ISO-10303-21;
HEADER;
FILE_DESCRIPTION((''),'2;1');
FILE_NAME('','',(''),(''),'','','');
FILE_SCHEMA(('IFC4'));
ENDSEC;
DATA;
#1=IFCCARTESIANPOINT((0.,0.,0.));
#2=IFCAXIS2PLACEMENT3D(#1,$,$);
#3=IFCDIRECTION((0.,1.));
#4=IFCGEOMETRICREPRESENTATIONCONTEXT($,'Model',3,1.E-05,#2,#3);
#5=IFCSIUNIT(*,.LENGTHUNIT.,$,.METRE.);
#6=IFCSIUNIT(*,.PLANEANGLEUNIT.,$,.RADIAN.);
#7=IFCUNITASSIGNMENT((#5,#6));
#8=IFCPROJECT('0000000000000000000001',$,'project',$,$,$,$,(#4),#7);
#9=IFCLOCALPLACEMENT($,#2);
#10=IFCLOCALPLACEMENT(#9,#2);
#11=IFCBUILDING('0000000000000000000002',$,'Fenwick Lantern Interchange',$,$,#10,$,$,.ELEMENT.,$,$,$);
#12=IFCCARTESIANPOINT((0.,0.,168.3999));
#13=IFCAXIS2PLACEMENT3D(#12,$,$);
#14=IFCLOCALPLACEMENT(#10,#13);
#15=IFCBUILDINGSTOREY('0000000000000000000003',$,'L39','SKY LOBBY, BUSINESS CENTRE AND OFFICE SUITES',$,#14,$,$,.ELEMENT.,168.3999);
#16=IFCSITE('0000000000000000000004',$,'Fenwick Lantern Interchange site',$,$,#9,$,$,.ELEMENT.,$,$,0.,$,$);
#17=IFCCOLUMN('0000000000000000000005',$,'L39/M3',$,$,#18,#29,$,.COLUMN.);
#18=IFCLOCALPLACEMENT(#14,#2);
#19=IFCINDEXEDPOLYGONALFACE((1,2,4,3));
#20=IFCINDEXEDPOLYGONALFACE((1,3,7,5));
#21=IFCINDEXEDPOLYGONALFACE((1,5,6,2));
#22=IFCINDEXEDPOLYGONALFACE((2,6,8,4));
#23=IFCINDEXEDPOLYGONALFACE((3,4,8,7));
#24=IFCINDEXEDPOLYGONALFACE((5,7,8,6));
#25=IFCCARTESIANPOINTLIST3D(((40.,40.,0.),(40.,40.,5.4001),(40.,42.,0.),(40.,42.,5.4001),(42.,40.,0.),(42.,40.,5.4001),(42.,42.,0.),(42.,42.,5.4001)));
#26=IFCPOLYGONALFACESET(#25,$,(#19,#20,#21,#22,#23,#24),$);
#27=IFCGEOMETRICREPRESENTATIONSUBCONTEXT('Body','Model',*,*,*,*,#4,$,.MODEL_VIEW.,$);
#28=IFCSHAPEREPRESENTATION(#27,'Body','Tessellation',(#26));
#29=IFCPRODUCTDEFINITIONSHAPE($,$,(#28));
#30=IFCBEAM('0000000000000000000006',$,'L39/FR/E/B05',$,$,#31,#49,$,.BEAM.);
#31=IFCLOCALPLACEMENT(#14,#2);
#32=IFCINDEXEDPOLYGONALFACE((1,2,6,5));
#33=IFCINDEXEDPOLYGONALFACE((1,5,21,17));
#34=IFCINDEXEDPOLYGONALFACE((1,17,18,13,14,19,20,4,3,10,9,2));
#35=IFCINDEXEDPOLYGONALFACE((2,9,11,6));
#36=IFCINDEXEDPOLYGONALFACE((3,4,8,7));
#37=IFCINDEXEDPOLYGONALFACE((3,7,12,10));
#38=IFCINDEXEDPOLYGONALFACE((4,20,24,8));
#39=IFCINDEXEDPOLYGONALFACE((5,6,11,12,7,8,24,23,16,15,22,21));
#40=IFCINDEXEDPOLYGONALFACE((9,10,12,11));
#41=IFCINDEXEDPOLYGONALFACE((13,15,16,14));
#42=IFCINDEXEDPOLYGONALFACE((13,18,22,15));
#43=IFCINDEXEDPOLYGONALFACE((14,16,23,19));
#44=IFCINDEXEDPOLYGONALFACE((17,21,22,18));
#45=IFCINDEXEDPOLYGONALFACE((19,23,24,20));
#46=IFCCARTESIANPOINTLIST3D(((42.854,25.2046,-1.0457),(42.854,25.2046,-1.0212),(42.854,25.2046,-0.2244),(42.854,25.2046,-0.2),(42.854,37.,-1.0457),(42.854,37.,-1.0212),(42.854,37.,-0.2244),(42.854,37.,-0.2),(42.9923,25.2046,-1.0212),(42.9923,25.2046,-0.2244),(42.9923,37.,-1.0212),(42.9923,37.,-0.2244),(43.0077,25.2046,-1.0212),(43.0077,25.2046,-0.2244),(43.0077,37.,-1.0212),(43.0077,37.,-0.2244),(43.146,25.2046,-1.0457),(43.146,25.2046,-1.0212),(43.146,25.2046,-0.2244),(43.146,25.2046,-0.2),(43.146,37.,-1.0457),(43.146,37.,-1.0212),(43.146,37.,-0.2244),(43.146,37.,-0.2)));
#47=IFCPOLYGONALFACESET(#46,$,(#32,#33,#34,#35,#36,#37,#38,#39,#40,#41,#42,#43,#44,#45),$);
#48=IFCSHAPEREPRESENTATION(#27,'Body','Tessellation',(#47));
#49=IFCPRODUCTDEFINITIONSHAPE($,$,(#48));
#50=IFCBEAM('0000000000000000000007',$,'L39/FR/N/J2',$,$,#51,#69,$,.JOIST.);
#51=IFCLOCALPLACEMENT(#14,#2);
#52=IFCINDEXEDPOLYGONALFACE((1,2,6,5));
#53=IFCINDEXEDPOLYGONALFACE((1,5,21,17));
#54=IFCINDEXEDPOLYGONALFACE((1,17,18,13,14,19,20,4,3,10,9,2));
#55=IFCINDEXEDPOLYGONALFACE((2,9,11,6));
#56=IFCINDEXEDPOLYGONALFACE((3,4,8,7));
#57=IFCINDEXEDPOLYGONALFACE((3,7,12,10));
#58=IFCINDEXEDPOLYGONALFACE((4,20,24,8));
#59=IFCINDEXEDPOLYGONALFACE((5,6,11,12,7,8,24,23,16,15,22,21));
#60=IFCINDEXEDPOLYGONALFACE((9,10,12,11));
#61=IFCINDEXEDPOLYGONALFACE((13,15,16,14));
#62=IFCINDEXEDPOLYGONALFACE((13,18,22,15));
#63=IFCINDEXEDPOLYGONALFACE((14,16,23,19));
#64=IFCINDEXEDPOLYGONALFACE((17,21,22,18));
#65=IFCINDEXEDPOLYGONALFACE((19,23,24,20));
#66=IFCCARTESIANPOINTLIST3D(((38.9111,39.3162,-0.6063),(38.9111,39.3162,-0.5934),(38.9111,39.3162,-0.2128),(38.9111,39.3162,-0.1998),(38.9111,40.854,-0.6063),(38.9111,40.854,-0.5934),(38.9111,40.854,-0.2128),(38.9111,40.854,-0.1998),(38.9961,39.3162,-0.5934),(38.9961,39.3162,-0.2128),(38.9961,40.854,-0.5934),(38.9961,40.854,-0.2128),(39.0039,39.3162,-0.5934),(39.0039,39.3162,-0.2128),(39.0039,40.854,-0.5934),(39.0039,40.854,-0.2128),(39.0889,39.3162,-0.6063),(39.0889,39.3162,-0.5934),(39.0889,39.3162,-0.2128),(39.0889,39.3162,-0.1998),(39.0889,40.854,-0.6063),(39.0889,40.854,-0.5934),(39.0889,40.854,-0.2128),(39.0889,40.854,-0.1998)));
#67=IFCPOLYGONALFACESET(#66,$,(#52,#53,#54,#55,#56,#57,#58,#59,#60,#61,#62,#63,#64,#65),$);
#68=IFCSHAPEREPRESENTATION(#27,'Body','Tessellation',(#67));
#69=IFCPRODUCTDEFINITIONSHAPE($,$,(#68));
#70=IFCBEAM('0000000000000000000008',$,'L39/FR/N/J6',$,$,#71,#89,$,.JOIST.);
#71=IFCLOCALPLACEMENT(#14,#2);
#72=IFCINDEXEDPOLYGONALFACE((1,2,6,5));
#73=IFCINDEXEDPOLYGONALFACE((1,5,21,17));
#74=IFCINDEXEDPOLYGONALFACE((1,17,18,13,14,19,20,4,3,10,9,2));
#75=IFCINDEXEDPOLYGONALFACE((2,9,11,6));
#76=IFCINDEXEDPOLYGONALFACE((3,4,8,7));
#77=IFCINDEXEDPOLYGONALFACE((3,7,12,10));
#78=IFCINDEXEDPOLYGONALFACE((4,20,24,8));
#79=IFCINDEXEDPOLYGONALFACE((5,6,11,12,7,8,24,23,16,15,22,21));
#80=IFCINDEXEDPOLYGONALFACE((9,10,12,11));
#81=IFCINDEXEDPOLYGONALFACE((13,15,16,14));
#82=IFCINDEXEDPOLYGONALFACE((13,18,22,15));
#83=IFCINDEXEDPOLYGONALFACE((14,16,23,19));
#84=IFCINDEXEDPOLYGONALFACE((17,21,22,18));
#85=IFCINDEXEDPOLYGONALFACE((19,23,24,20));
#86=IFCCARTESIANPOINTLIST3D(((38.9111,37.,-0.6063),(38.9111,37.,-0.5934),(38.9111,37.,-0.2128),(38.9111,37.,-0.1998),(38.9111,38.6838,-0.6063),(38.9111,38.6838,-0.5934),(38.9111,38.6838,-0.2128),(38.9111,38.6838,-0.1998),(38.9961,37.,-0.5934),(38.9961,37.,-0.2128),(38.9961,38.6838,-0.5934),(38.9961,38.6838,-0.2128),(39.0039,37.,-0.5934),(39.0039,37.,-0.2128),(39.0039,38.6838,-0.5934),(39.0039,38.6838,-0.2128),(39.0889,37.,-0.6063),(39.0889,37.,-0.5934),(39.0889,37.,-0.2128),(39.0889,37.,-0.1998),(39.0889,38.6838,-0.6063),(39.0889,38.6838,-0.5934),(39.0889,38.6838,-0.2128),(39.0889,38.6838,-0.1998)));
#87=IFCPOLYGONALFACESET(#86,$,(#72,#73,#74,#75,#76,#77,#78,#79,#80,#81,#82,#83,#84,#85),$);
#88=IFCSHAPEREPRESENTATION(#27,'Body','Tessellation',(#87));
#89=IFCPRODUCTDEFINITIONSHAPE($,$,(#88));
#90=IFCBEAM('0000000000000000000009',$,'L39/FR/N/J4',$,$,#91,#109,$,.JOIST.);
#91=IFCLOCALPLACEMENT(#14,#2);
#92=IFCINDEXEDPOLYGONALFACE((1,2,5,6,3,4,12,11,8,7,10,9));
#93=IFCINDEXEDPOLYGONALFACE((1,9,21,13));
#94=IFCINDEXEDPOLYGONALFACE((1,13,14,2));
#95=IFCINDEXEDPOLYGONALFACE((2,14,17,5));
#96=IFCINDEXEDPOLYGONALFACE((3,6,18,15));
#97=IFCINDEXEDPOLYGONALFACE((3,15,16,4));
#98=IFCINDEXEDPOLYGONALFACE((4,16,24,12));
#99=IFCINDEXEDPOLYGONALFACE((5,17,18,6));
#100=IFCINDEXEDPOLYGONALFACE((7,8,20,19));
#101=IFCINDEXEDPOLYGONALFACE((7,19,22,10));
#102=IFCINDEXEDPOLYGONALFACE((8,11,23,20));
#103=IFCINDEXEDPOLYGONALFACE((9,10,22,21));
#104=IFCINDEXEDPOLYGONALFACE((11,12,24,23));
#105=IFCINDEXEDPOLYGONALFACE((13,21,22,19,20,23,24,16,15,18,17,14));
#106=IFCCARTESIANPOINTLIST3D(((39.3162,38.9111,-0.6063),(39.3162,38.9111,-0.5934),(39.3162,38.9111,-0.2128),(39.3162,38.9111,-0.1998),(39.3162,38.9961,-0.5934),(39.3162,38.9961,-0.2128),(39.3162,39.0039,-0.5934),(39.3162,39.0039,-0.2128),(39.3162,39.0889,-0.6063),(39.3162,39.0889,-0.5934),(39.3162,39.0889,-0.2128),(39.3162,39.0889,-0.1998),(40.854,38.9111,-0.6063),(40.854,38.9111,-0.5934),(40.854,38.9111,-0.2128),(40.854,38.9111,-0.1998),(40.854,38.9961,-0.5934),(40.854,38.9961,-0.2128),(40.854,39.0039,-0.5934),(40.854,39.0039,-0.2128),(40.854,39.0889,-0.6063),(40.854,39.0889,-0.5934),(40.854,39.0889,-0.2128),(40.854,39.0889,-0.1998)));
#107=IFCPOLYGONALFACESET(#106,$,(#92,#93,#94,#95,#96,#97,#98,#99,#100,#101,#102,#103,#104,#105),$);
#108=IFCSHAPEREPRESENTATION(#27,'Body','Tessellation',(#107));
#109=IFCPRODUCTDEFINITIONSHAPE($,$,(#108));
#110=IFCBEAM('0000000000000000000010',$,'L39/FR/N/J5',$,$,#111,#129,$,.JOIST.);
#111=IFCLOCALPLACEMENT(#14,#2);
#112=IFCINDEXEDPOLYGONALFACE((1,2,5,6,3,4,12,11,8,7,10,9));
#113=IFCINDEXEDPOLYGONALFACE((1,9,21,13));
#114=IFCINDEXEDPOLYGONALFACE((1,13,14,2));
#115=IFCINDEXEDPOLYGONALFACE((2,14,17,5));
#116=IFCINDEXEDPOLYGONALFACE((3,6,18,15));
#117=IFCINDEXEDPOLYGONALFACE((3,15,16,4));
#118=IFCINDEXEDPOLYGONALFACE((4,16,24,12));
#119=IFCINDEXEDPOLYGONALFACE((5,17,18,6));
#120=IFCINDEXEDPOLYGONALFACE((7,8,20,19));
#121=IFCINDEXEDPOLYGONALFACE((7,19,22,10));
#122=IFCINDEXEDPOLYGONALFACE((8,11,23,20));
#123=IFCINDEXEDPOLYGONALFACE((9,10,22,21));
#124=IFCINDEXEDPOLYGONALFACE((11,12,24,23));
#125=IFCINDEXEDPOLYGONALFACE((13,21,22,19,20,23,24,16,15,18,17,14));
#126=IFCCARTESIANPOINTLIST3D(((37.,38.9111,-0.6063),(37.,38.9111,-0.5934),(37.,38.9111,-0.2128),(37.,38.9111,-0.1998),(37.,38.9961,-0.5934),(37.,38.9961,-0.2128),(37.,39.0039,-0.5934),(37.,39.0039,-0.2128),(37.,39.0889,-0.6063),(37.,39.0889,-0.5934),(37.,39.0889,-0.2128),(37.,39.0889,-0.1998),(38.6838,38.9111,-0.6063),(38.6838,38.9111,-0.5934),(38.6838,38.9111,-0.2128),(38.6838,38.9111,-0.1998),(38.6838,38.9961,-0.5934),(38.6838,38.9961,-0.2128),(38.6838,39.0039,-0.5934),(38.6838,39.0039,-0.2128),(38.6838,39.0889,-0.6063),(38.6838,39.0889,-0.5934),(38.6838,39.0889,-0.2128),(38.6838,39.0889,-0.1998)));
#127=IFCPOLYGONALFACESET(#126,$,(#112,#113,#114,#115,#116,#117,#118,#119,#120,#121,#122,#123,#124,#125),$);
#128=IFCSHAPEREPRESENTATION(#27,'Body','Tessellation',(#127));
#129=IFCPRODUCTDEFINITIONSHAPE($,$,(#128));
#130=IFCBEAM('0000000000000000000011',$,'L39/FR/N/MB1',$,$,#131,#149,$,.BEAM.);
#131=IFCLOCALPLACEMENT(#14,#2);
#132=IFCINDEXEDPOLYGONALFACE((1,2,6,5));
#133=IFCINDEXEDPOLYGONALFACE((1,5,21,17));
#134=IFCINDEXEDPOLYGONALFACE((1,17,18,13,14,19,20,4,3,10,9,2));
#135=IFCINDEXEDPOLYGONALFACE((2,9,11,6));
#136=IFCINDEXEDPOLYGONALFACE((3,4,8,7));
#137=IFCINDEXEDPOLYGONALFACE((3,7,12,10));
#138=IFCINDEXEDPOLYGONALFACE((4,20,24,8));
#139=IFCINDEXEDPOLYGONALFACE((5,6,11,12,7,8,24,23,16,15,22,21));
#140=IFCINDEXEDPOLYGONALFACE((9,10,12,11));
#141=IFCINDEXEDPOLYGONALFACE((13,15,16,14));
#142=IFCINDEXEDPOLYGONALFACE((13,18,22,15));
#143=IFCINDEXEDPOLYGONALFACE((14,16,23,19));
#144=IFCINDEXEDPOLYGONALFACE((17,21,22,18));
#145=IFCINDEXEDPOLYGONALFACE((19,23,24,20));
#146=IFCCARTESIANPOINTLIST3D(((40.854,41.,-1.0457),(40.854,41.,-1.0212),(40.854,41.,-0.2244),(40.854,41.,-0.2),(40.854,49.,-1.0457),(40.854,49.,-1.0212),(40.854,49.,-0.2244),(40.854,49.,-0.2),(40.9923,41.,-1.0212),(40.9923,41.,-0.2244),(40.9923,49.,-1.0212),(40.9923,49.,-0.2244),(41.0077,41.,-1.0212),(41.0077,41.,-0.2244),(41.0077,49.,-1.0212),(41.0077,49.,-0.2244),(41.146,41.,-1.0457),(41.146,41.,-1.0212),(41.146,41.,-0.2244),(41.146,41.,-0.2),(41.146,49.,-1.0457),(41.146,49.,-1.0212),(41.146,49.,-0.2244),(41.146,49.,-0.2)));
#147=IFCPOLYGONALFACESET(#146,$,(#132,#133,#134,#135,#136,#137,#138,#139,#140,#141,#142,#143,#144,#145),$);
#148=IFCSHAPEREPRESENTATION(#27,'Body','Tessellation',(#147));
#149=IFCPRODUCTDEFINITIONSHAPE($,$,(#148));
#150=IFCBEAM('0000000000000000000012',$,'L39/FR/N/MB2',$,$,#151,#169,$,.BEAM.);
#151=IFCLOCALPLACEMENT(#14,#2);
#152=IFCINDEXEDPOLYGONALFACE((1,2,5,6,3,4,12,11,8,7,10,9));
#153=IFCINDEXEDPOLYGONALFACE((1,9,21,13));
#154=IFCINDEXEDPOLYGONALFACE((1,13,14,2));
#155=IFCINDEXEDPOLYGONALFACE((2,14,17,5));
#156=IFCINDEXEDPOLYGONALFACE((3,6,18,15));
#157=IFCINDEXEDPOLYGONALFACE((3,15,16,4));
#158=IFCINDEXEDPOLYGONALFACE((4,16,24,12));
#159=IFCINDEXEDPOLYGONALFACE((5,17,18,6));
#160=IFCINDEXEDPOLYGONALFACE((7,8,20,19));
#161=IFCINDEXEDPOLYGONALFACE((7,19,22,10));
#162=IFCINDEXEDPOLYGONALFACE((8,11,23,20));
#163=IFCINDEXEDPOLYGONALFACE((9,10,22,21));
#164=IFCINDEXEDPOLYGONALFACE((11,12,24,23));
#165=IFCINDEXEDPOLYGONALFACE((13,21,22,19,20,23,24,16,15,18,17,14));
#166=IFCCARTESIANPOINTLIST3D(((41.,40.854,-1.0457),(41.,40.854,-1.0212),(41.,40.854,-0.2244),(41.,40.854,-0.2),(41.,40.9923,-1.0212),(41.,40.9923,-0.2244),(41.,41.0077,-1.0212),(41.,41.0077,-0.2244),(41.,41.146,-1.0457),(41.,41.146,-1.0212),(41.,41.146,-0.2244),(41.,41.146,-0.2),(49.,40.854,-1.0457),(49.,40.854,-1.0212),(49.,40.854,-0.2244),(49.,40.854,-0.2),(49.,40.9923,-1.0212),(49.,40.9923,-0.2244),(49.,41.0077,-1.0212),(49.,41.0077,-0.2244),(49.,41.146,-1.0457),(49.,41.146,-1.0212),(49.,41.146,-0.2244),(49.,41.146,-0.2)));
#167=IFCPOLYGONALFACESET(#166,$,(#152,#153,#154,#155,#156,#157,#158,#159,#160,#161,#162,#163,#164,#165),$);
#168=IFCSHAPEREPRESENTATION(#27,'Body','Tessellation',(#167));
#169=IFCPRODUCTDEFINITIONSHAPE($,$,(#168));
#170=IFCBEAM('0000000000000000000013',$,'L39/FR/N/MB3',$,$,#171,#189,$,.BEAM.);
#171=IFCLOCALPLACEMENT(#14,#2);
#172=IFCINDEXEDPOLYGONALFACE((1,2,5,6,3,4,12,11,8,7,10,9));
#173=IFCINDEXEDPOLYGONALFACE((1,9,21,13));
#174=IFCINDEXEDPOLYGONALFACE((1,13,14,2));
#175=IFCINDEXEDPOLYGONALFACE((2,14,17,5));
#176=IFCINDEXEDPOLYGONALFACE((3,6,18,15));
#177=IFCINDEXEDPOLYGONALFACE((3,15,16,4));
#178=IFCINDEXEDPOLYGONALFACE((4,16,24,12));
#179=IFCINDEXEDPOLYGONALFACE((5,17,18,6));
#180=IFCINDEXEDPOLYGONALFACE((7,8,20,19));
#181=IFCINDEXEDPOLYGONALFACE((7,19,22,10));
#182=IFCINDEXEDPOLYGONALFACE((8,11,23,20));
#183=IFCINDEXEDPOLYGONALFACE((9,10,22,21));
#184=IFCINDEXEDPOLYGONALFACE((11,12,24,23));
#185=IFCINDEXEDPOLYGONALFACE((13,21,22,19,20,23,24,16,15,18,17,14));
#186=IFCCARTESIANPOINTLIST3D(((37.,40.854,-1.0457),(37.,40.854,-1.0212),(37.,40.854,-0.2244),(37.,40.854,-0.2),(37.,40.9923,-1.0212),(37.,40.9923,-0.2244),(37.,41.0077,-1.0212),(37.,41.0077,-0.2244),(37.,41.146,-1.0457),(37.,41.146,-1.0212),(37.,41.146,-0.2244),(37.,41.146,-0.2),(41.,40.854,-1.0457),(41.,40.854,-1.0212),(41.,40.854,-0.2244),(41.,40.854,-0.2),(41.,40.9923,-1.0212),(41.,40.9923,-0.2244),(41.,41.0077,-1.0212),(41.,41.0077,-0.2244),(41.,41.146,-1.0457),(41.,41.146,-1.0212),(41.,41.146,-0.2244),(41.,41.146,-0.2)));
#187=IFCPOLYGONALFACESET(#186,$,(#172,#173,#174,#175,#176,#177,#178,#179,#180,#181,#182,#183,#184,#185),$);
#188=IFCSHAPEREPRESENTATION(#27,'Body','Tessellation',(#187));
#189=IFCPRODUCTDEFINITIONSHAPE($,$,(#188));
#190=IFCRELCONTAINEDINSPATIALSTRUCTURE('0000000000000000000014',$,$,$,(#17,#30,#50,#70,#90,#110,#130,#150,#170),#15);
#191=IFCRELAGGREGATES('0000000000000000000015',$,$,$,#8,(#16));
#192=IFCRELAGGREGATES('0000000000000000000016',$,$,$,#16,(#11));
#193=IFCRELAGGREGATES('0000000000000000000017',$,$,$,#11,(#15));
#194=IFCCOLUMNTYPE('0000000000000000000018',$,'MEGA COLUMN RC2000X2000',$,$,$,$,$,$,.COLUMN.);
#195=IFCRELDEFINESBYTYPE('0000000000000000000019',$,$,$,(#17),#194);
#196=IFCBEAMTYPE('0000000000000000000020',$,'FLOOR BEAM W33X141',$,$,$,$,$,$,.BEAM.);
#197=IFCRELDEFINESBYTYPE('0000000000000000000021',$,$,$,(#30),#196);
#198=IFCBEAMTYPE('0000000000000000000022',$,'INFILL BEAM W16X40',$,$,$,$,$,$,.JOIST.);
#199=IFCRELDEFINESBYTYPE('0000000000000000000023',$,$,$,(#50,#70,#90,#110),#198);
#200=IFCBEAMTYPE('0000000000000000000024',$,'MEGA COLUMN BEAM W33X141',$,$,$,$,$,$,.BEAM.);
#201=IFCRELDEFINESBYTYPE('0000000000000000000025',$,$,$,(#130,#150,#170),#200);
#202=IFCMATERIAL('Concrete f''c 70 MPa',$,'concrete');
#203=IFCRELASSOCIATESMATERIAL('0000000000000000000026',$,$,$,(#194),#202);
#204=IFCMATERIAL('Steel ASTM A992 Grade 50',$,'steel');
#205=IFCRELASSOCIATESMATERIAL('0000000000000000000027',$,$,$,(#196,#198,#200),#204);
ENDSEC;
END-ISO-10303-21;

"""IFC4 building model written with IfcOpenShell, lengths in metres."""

from ifc_helpers import new_model, si_unit, direction, frame, origin, origin_2d, place, context, subcontext, project, spatial, rectangle, i_section, extrude, material, material_profile, profile_set, type_object, element, save


model = new_model("IFC4")

# Units and contexts
model_context = context("Model", 3, precision=1e-05, world=origin(), true_north=direction((0.0, 1.0)))
body_context = subcontext(model_context, "Body", "Model", "MODEL_VIEW")
ifc_project = project(units=[si_unit("LENGTHUNIT", "METRE"), si_unit("PLANEANGLEUNIT", "RADIAN")], contexts=[model_context])

# Site, building, storey
site_placement = place(None, origin())
site = spatial("IfcSite", under=ifc_project, at=site_placement, Name="Fenwick Lantern Interchange site", CompositionType="ELEMENT", RefElevation=0.0)
building_placement = place(site_placement, origin())
building = spatial("IfcBuilding", under=site, at=building_placement, Name="Fenwick Lantern Interchange", CompositionType="ELEMENT")
storey_placement = place(building_placement, frame((0.0, 0.0, 168.3999)))
storey = spatial("IfcBuildingStorey", under=building, at=storey_placement, Name="L39", Description="SKY LOBBY, BUSINESS CENTRE AND OFFICE SUITES", CompositionType="ELEMENT", Elevation=168.3999)

# Column
ifc_material_1 = material(Name="Concrete f'c 70 MPa", Category="concrete")
ifc_material_profile_1 = material_profile(ifc_material_1, rectangle(XDim=2.0, YDim=2.0, at=origin_2d()), Name="RC2000X2000")
ifc_profile_set_1 = profile_set([ifc_material_profile_1], Name="Concrete f'c 70 MPa")
column_type = type_object("IfcColumnType", Name="MEGA COLUMN RC2000X2000", PredefinedType="COLUMN", material=ifc_profile_set_1)
column_placement = place(storey_placement, frame((41.0, 41.0, 0.0), z_axis=(0.0, 0.0, 1.0), x_axis=(1.0, 0.0, 0.0)))
element("IfcColumn", 1, at=column_placement, inside=storey, type_object=column_type, Name="L39/M3", PredefinedType="COLUMN", context=body_context, shape_type="SweptSolid", body=[
    extrude(rectangle(XDim=2.0, YDim=2.0, at=origin_2d()), origin(), (0.0, 0.0, 1.0), 5.4001),
])

# Beams
ifc_material_2 = material(Name="Steel ASTM A992 Grade 50", Category="steel")
ifc_material_profile_2 = material_profile(ifc_material_2, i_section(OverallWidth=0.292, OverallDepth=0.8457, WebThickness=0.0154, FlangeThickness=0.0244, at=origin_2d()), Name="W33X141")
ifc_profile_set_2 = profile_set([ifc_material_profile_2], Name="Steel ASTM A992 Grade 50")
beam_type_1 = type_object("IfcBeamType", Name="FLOOR BEAM W33X141", PredefinedType="BEAM", material=ifc_profile_set_2)
beam_1_placement = place(storey_placement, frame((43.0, 25.2046, -0.6228), z_axis=(0.0, 1.0, 0.0), x_axis=(-1.0, 0.0, 0.0)))
element("IfcBeam", 2, at=beam_1_placement, inside=storey, type_object=beam_type_1, Name="L39/FR/E/B05", PredefinedType="BEAM", context=body_context, shape_type="SweptSolid", body=[
    extrude(i_section(OverallWidth=0.292, OverallDepth=0.8457, WebThickness=0.0154, FlangeThickness=0.0244, at=origin_2d()), origin(), (0.0, 0.0, 1.0), 11.7954),
])
ifc_material_profile_3 = material_profile(ifc_material_2, i_section(OverallWidth=0.1777, OverallDepth=0.4065, WebThickness=0.0078, FlangeThickness=0.0129, at=origin_2d()), Name="W16X40")
ifc_profile_set_3 = profile_set([ifc_material_profile_3], Name="Steel ASTM A992 Grade 50")
beam_type_2 = type_object("IfcBeamType", Name="INFILL BEAM W16X40", PredefinedType="JOIST", material=ifc_profile_set_3)
beam_2_placement = place(storey_placement, frame((39.0, 40.854, -0.4031), z_axis=(0.0, -1.0, 0.0), x_axis=(1.0, 0.0, 0.0)))
element("IfcBeam", 3, at=beam_2_placement, inside=storey, type_object=beam_type_2, Name="L39/FR/N/J2", PredefinedType="JOIST", context=body_context, shape_type="SweptSolid", body=[
    extrude(i_section(OverallWidth=0.1777, OverallDepth=0.4065, WebThickness=0.0078, FlangeThickness=0.0129, at=origin_2d()), origin(), (0.0, 0.0, 1.0), 1.5378),
])
beam_3_placement = place(storey_placement, frame((39.0, 38.6838, -0.4031), z_axis=(0.0, -1.0, 0.0), x_axis=(1.0, 0.0, 0.0)))
element("IfcBeam", 4, at=beam_3_placement, inside=storey, type_object=beam_type_2, Name="L39/FR/N/J6", PredefinedType="JOIST", context=body_context, shape_type="SweptSolid", body=[
    extrude(i_section(OverallWidth=0.1777, OverallDepth=0.4065, WebThickness=0.0078, FlangeThickness=0.0129, at=origin_2d()), origin(), (0.0, 0.0, 1.0), 1.6838),
])
beam_4_placement = place(storey_placement, frame((40.854, 39.0, -0.4031), z_axis=(-1.0, 0.0, 0.0), x_axis=(0.0, -1.0, 0.0)))
element("IfcBeam", 5, at=beam_4_placement, inside=storey, type_object=beam_type_2, Name="L39/FR/N/J4", PredefinedType="JOIST", context=body_context, shape_type="SweptSolid", body=[
    extrude(i_section(OverallWidth=0.1777, OverallDepth=0.4065, WebThickness=0.0078, FlangeThickness=0.0129, at=origin_2d()), origin(), (0.0, 0.0, 1.0), 1.5378),
])
beam_5_placement = place(storey_placement, frame((38.6838, 39.0, -0.4031), z_axis=(-1.0, 0.0, 0.0), x_axis=(0.0, -1.0, 0.0)))
element("IfcBeam", 6, at=beam_5_placement, inside=storey, type_object=beam_type_2, Name="L39/FR/N/J5", PredefinedType="JOIST", context=body_context, shape_type="SweptSolid", body=[
    extrude(i_section(OverallWidth=0.1777, OverallDepth=0.4065, WebThickness=0.0078, FlangeThickness=0.0129, at=origin_2d()), origin(), (0.0, 0.0, 1.0), 1.6838),
])
ifc_material_profile_4 = material_profile(ifc_material_2, i_section(OverallWidth=0.292, OverallDepth=0.8457, WebThickness=0.0154, FlangeThickness=0.0244, at=origin_2d()), Name="W33X141")
ifc_profile_set_4 = profile_set([ifc_material_profile_4], Name="Steel ASTM A992 Grade 50")
beam_type_3 = type_object("IfcBeamType", Name="MEGA COLUMN BEAM W33X141", PredefinedType="BEAM", material=ifc_profile_set_4)
for number, where, z_axis, x_axis, name in (
    (7, (41.0, 41.0, -0.6228), (0.0, 1.0, 0.0), (-1.0, 0.0, 0.0), "L39/FR/N/MB1"),
    (8, (41.0, 41.0, -0.6228), (1.0, 0.0, 0.0), (0.0, 1.0, 0.0), "L39/FR/N/MB2"),
):
    element("IfcBeam", number, at=place(storey_placement, frame(where, z_axis=z_axis, x_axis=x_axis)), inside=storey, type_object=beam_type_3, Name=name, PredefinedType="BEAM", context=body_context, shape_type="SweptSolid", body=[
        extrude(i_section(OverallWidth=0.292, OverallDepth=0.8457, WebThickness=0.0154, FlangeThickness=0.0244, at=origin_2d()), origin(), (0.0, 0.0, 1.0), 8.0),
    ])
for number, where, z_axis, x_axis, name in (
    (9, (41.0, 41.0, -0.6228), (-1.0, 0.0, 0.0), (0.0, -1.0, 0.0), "L39/FR/N/MB3"),
):
    element("IfcBeam", number, at=place(storey_placement, frame(where, z_axis=z_axis, x_axis=x_axis)), inside=storey, type_object=beam_type_3, Name=name, PredefinedType="BEAM", context=body_context, shape_type="SweptSolid", body=[
        extrude(i_section(OverallWidth=0.292, OverallDepth=0.8457, WebThickness=0.0154, FlangeThickness=0.0244, at=origin_2d()), origin(), (0.0, 0.0, 1.0), 4.0),
    ])

save(model, "model.ifc")
